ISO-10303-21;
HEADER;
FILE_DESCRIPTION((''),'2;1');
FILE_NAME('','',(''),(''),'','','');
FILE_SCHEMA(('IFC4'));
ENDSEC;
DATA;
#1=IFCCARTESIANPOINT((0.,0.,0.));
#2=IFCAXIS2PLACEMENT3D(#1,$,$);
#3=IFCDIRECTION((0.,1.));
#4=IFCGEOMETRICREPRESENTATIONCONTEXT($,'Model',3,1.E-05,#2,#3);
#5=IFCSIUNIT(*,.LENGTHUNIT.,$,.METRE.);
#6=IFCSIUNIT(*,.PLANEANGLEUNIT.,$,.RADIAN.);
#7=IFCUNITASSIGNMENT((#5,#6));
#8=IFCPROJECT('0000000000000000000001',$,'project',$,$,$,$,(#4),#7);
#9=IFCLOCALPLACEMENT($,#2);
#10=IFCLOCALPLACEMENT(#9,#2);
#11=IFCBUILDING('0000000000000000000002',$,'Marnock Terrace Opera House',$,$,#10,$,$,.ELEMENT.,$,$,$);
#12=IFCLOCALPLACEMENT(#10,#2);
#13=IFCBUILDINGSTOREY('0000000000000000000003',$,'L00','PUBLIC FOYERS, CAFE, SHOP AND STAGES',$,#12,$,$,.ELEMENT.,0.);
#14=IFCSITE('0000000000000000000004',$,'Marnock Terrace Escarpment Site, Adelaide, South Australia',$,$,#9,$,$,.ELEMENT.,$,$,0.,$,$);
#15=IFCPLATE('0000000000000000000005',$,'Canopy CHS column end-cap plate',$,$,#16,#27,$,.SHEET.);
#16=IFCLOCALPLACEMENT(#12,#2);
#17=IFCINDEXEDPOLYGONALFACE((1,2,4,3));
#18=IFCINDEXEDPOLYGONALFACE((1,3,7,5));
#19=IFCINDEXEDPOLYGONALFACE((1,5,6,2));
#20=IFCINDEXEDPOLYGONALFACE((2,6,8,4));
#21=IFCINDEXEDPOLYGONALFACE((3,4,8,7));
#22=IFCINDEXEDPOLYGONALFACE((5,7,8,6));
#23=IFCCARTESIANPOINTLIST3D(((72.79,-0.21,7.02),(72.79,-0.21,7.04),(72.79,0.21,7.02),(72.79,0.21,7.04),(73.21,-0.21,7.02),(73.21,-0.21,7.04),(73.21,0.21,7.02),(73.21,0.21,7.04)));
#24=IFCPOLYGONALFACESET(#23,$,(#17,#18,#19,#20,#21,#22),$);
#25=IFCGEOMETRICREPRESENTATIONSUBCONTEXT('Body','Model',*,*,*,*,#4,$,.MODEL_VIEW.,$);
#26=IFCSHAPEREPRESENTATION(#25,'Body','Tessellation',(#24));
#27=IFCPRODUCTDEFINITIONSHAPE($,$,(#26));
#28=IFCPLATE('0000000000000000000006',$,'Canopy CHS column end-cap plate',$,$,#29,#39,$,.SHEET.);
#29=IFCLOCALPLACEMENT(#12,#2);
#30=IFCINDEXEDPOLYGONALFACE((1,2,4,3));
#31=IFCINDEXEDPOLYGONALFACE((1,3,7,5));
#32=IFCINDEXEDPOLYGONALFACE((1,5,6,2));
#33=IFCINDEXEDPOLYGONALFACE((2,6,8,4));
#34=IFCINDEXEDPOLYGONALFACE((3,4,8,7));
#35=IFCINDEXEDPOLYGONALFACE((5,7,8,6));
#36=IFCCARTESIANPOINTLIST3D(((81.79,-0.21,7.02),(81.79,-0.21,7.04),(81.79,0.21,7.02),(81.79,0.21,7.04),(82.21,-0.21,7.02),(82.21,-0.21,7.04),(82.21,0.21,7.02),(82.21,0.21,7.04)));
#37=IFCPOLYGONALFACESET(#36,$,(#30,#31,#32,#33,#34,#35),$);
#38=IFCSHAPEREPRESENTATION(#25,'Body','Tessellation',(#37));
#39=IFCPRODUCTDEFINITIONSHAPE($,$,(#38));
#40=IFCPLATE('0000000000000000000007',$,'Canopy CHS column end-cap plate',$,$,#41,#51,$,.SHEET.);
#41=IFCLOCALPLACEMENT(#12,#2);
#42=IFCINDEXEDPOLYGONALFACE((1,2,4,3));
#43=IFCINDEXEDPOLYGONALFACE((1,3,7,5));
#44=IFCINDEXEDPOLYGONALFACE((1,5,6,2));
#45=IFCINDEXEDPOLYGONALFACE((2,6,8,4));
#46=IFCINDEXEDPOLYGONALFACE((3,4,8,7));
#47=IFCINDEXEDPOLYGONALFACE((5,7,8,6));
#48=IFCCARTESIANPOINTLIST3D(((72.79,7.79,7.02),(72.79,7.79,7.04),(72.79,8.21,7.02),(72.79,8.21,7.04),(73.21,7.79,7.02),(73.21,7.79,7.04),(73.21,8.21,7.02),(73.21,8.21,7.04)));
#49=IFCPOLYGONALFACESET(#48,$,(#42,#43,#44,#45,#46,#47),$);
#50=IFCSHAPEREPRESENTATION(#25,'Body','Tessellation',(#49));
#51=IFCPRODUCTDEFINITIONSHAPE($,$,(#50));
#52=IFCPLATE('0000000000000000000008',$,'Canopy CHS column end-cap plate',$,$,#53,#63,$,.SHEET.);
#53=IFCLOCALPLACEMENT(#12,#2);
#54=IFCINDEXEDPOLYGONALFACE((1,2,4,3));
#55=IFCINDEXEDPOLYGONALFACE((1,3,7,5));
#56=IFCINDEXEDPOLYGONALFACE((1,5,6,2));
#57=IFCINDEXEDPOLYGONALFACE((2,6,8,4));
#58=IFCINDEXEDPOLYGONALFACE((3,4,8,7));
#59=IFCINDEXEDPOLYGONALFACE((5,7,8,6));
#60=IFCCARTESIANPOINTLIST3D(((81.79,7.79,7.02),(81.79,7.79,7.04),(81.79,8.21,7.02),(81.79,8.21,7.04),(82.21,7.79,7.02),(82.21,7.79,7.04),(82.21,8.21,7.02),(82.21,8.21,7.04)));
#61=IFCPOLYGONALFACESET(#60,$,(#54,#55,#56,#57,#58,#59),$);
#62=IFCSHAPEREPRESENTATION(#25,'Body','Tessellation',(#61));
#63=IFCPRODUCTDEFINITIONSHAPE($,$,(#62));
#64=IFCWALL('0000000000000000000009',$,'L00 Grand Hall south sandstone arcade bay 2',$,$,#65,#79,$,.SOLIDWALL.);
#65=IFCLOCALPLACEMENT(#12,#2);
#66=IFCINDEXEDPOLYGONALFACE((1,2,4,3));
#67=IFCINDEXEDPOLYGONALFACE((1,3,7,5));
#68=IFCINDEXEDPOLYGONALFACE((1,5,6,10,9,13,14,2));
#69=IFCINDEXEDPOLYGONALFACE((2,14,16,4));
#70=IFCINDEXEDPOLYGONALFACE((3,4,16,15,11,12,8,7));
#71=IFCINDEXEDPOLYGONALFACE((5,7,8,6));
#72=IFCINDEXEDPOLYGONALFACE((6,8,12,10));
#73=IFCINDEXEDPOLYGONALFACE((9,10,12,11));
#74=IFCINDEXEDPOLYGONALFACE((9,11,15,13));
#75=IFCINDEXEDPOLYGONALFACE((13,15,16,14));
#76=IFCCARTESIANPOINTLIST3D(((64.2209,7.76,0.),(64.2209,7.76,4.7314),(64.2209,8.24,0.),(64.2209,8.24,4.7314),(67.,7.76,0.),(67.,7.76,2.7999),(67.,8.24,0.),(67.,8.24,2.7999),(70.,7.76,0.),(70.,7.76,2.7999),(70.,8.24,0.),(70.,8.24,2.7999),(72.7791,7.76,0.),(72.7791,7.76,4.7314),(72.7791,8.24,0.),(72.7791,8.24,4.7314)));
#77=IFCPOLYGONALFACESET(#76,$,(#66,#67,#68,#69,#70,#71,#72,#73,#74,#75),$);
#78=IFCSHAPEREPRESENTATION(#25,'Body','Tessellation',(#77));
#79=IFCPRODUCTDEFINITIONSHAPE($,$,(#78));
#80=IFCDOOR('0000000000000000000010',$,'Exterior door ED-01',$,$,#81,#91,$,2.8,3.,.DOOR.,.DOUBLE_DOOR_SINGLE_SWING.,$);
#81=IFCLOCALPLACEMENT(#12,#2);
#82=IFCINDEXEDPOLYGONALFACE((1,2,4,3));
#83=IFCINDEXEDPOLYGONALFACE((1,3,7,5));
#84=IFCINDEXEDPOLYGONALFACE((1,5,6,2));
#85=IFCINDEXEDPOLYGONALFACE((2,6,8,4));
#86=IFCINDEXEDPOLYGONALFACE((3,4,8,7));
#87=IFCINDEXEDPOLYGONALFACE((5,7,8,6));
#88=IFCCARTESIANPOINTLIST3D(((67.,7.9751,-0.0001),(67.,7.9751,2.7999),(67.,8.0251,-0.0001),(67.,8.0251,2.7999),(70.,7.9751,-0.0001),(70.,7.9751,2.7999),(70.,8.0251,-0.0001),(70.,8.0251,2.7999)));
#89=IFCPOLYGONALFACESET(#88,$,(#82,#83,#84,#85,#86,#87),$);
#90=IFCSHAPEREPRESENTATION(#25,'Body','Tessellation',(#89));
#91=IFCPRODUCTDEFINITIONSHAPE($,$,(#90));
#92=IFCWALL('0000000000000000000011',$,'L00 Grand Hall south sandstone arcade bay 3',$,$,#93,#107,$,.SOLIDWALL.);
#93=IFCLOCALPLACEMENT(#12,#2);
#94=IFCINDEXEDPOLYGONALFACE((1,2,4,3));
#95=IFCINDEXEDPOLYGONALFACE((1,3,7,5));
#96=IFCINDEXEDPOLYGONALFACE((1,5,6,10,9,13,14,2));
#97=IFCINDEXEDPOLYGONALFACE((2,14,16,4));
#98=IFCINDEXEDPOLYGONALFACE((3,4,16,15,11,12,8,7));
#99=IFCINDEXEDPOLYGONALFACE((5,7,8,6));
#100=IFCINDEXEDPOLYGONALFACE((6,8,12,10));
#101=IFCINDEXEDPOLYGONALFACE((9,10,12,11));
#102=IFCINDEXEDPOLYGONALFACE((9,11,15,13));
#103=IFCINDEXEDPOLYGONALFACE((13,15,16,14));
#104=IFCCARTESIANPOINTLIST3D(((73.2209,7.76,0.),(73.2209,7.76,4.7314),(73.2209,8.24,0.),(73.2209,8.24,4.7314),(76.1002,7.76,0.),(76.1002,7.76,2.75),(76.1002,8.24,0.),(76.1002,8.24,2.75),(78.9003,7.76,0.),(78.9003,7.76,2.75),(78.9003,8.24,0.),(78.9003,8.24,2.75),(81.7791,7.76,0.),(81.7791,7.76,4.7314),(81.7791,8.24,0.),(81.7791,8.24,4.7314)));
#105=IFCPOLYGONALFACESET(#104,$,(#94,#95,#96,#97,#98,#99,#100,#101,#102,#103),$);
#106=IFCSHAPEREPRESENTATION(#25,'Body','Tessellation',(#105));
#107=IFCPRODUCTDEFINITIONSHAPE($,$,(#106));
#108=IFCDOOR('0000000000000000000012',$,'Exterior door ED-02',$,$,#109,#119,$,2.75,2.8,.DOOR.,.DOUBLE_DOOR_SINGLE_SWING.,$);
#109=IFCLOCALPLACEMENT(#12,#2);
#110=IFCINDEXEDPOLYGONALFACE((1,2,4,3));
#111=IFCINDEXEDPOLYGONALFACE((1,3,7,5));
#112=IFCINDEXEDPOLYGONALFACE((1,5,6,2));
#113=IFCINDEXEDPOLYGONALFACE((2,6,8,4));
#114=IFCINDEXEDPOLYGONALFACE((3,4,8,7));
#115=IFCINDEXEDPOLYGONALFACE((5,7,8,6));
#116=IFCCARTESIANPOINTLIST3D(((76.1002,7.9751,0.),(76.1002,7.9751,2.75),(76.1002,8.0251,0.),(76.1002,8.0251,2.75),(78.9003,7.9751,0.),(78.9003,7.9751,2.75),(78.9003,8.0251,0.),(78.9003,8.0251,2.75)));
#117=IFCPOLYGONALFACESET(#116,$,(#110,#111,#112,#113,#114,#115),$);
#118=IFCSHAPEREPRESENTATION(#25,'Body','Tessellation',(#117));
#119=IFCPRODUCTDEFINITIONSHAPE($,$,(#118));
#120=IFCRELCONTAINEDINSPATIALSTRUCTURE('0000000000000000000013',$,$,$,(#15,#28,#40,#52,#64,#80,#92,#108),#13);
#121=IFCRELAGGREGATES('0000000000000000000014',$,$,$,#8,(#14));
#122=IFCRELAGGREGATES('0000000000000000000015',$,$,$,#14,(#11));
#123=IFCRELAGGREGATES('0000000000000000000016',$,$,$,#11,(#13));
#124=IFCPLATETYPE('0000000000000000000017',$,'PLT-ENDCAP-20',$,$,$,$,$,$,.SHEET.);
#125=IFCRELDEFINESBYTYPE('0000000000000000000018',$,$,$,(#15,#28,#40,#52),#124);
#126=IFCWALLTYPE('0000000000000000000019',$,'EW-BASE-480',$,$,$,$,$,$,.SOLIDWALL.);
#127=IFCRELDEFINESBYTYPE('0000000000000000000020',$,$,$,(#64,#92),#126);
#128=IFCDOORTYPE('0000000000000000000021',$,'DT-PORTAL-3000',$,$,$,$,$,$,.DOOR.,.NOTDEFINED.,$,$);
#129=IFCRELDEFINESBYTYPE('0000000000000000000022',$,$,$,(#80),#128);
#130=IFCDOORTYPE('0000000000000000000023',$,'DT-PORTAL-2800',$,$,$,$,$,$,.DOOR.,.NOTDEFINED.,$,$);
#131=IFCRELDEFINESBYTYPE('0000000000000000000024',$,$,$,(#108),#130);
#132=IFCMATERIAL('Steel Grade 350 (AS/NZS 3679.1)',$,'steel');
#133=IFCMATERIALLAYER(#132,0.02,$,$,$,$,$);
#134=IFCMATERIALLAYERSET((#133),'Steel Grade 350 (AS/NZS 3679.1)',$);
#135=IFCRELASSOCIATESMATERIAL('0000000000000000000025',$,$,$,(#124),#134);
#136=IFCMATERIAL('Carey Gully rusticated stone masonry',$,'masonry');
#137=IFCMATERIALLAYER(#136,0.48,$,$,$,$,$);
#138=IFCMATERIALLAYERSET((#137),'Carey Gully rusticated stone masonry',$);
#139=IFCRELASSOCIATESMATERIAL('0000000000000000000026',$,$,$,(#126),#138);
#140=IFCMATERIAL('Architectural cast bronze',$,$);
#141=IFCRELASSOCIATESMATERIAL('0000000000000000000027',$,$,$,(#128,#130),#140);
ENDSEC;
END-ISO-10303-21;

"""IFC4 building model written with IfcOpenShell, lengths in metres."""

from ifc_helpers import new_model, si_unit, direction, frame, frame_2d, origin, origin_2d, place, context, subcontext, project, spatial, rectangle, extrude, material, layer, layer_set, type_object, element, fill, save


model = new_model("IFC4")

# Units and contexts
model_context = context("Model", 3, precision=1e-05, world=origin(), true_north=direction((0.0, 1.0)))
body_context = subcontext(model_context, "Body", "Model", "MODEL_VIEW")
ifc_project = project(units=[si_unit("LENGTHUNIT", "METRE"), si_unit("PLANEANGLEUNIT", "RADIAN")], contexts=[model_context])

# Site, building, storey
site_placement = place(None, origin())
site = spatial("IfcSite", under=ifc_project, at=site_placement, Name="Marnock Terrace Escarpment Site, Adelaide, South Australia", CompositionType="ELEMENT", RefElevation=0.0)
building_placement = place(site_placement, origin())
building = spatial("IfcBuilding", under=site, at=building_placement, Name="Marnock Terrace Opera House", CompositionType="ELEMENT")
storey_placement = place(building_placement, origin())
storey = spatial("IfcBuildingStorey", under=building, at=storey_placement, Name="L00", Description="PUBLIC FOYERS, CAFE, SHOP AND STAGES", CompositionType="ELEMENT", Elevation=0.0)

# Shared definitions
ifc_material_1 = material(Name="Steel Grade 350 (AS/NZS 3679.1)", Category="steel")

# Plates
ifc_layer_1 = layer(ifc_material_1, 0.02)
ifc_layer_set_1 = layer_set([ifc_layer_1], Name="Steel Grade 350 (AS/NZS 3679.1)")
plate_type = type_object("IfcPlateType", Name="PLT-ENDCAP-20", PredefinedType="SHEET", material=ifc_layer_set_1)
for number, where, z_axis, x_axis, name in (
    (1, (73.0, 0.0, 7.02), (0.0, 0.0, 1.0), (1.0, 0.0, 0.0), "Canopy CHS column end-cap plate"),
    (2, (82.0, 0.0, 7.02), (0.0, 0.0, 1.0), (1.0, 0.0, 0.0), "Canopy CHS column end-cap plate"),
    (3, (73.0, 8.0, 7.02), (0.0, 0.0, 1.0), (1.0, 0.0, 0.0), "Canopy CHS column end-cap plate"),
    (4, (82.0, 8.0, 7.02), (0.0, 0.0, 1.0), (1.0, 0.0, 0.0), "Canopy CHS column end-cap plate"),
):
    element("IfcPlate", number, at=place(storey_placement, frame(where, z_axis=z_axis, x_axis=x_axis)), inside=storey, type_object=plate_type, Name=name, PredefinedType="SHEET", context=body_context, shape_type="SweptSolid", body=[
        extrude(rectangle(XDim=0.4199, YDim=0.4199, at=origin_2d()), origin(), (0.0, 0.0, 1.0), 0.02),
    ])

# Walls, openings, doors
ifc_material_2 = material(Name="Carey Gully rusticated stone masonry", Category="masonry")
ifc_layer_2 = layer(ifc_material_2, 0.48)
ifc_layer_set_2 = layer_set([ifc_layer_2], Name="Carey Gully rusticated stone masonry")
wall_type = type_object("IfcWallType", Name="EW-BASE-480", PredefinedType="SOLIDWALL", material=ifc_layer_set_2)
wall_1_placement = place(storey_placement, frame((72.7791, 8.0, 0.0), z_axis=(0.0, 0.0, 1.0), x_axis=(-1.0, 0.0, 0.0)))
wall_1 = element("IfcWall", 5, at=wall_1_placement, inside=storey, type_object=wall_type, Name="L00 Grand Hall south sandstone arcade bay 2", PredefinedType="SOLIDWALL", context=body_context, shape_type="SweptSolid", body=[
    extrude(rectangle(XDim=8.5581, YDim=0.48, at=frame_2d((4.2791, 0.0))), origin(), (0.0, 0.0, 1.0), 4.7314),
])
opening_1_placement = place(wall_1_placement, frame((2.7791, 0.0, 0.0)))
opening_1 = element("IfcOpeningElement", 6, at=opening_1_placement, cuts=wall_1, PredefinedType="OPENING", context=body_context, shape_type="SweptSolid", body=[
    extrude(rectangle(XDim=3.0, YDim=2.8, at=frame_2d((1.5, 1.3999))), frame((0.0, 0.25, 0.0), z_axis=(0.0, -1.0, 0.0), x_axis=(1.0, 0.0, 0.0)), (0.0, 0.0, 1.0), 0.5),
])
ifc_material_3 = material(Name="Architectural cast bronze")
door_type_1 = type_object("IfcDoorType", Name="DT-PORTAL-3000", OperationType="NOTDEFINED", PredefinedType="DOOR", material=ifc_material_3)
door_1_placement = place(opening_1_placement, origin())
door_1 = element("IfcDoor", 7, at=door_1_placement, inside=storey, type_object=door_type_1, Name="Exterior door ED-01", OperationType="DOUBLE_DOOR_SINGLE_SWING", OverallHeight=2.8, OverallWidth=3.0, PredefinedType="DOOR", context=body_context, shape_type="SweptSolid", body=[
    extrude(rectangle(XDim=3.0, YDim=2.8, at=frame_2d((1.5, 1.3999))), frame((0.0, 0.0249, 0.0), z_axis=(0.0, -1.0, 0.0), x_axis=(1.0, 0.0, 0.0)), (0.0, 0.0, 1.0), 0.05),
])
fill(opening_1, door_1)
wall_2_placement = place(storey_placement, frame((81.7791, 8.0, 0.0), z_axis=(0.0, 0.0, 1.0), x_axis=(-1.0, 0.0, 0.0)))
wall_2 = element("IfcWall", 8, at=wall_2_placement, inside=storey, type_object=wall_type, Name="L00 Grand Hall south sandstone arcade bay 3", PredefinedType="SOLIDWALL", context=body_context, shape_type="SweptSolid", body=[
    extrude(rectangle(XDim=8.5581, YDim=0.48, at=frame_2d((4.2791, 0.0))), origin(), (0.0, 0.0, 1.0), 4.7314),
])
opening_2_placement = place(wall_2_placement, frame((2.8789, 0.0, 0.0)))
opening_2 = element("IfcOpeningElement", 9, at=opening_2_placement, cuts=wall_2, PredefinedType="OPENING", context=body_context, shape_type="SweptSolid", body=[
    extrude(rectangle(XDim=2.8, YDim=2.75, at=frame_2d((1.3999, 1.375))), frame((0.0, 0.25, 0.0), z_axis=(0.0, -1.0, 0.0), x_axis=(1.0, 0.0, 0.0)), (0.0, 0.0, 1.0), 0.5),
])
door_type_2 = type_object("IfcDoorType", Name="DT-PORTAL-2800", OperationType="NOTDEFINED", PredefinedType="DOOR", material=ifc_material_3)
door_2_placement = place(opening_2_placement, origin())
door_2 = element("IfcDoor", 10, at=door_2_placement, inside=storey, type_object=door_type_2, Name="Exterior door ED-02", OperationType="DOUBLE_DOOR_SINGLE_SWING", OverallHeight=2.75, OverallWidth=2.8, PredefinedType="DOOR", context=body_context, shape_type="SweptSolid", body=[
    extrude(rectangle(XDim=2.8, YDim=2.75, at=frame_2d((1.3999, 1.375))), frame((0.0, 0.0249, 0.0), z_axis=(0.0, -1.0, 0.0), x_axis=(1.0, 0.0, 0.0)), (0.0, 0.0, 1.0), 0.05),
])
fill(opening_2, door_2)

save(model, "model.ifc")
